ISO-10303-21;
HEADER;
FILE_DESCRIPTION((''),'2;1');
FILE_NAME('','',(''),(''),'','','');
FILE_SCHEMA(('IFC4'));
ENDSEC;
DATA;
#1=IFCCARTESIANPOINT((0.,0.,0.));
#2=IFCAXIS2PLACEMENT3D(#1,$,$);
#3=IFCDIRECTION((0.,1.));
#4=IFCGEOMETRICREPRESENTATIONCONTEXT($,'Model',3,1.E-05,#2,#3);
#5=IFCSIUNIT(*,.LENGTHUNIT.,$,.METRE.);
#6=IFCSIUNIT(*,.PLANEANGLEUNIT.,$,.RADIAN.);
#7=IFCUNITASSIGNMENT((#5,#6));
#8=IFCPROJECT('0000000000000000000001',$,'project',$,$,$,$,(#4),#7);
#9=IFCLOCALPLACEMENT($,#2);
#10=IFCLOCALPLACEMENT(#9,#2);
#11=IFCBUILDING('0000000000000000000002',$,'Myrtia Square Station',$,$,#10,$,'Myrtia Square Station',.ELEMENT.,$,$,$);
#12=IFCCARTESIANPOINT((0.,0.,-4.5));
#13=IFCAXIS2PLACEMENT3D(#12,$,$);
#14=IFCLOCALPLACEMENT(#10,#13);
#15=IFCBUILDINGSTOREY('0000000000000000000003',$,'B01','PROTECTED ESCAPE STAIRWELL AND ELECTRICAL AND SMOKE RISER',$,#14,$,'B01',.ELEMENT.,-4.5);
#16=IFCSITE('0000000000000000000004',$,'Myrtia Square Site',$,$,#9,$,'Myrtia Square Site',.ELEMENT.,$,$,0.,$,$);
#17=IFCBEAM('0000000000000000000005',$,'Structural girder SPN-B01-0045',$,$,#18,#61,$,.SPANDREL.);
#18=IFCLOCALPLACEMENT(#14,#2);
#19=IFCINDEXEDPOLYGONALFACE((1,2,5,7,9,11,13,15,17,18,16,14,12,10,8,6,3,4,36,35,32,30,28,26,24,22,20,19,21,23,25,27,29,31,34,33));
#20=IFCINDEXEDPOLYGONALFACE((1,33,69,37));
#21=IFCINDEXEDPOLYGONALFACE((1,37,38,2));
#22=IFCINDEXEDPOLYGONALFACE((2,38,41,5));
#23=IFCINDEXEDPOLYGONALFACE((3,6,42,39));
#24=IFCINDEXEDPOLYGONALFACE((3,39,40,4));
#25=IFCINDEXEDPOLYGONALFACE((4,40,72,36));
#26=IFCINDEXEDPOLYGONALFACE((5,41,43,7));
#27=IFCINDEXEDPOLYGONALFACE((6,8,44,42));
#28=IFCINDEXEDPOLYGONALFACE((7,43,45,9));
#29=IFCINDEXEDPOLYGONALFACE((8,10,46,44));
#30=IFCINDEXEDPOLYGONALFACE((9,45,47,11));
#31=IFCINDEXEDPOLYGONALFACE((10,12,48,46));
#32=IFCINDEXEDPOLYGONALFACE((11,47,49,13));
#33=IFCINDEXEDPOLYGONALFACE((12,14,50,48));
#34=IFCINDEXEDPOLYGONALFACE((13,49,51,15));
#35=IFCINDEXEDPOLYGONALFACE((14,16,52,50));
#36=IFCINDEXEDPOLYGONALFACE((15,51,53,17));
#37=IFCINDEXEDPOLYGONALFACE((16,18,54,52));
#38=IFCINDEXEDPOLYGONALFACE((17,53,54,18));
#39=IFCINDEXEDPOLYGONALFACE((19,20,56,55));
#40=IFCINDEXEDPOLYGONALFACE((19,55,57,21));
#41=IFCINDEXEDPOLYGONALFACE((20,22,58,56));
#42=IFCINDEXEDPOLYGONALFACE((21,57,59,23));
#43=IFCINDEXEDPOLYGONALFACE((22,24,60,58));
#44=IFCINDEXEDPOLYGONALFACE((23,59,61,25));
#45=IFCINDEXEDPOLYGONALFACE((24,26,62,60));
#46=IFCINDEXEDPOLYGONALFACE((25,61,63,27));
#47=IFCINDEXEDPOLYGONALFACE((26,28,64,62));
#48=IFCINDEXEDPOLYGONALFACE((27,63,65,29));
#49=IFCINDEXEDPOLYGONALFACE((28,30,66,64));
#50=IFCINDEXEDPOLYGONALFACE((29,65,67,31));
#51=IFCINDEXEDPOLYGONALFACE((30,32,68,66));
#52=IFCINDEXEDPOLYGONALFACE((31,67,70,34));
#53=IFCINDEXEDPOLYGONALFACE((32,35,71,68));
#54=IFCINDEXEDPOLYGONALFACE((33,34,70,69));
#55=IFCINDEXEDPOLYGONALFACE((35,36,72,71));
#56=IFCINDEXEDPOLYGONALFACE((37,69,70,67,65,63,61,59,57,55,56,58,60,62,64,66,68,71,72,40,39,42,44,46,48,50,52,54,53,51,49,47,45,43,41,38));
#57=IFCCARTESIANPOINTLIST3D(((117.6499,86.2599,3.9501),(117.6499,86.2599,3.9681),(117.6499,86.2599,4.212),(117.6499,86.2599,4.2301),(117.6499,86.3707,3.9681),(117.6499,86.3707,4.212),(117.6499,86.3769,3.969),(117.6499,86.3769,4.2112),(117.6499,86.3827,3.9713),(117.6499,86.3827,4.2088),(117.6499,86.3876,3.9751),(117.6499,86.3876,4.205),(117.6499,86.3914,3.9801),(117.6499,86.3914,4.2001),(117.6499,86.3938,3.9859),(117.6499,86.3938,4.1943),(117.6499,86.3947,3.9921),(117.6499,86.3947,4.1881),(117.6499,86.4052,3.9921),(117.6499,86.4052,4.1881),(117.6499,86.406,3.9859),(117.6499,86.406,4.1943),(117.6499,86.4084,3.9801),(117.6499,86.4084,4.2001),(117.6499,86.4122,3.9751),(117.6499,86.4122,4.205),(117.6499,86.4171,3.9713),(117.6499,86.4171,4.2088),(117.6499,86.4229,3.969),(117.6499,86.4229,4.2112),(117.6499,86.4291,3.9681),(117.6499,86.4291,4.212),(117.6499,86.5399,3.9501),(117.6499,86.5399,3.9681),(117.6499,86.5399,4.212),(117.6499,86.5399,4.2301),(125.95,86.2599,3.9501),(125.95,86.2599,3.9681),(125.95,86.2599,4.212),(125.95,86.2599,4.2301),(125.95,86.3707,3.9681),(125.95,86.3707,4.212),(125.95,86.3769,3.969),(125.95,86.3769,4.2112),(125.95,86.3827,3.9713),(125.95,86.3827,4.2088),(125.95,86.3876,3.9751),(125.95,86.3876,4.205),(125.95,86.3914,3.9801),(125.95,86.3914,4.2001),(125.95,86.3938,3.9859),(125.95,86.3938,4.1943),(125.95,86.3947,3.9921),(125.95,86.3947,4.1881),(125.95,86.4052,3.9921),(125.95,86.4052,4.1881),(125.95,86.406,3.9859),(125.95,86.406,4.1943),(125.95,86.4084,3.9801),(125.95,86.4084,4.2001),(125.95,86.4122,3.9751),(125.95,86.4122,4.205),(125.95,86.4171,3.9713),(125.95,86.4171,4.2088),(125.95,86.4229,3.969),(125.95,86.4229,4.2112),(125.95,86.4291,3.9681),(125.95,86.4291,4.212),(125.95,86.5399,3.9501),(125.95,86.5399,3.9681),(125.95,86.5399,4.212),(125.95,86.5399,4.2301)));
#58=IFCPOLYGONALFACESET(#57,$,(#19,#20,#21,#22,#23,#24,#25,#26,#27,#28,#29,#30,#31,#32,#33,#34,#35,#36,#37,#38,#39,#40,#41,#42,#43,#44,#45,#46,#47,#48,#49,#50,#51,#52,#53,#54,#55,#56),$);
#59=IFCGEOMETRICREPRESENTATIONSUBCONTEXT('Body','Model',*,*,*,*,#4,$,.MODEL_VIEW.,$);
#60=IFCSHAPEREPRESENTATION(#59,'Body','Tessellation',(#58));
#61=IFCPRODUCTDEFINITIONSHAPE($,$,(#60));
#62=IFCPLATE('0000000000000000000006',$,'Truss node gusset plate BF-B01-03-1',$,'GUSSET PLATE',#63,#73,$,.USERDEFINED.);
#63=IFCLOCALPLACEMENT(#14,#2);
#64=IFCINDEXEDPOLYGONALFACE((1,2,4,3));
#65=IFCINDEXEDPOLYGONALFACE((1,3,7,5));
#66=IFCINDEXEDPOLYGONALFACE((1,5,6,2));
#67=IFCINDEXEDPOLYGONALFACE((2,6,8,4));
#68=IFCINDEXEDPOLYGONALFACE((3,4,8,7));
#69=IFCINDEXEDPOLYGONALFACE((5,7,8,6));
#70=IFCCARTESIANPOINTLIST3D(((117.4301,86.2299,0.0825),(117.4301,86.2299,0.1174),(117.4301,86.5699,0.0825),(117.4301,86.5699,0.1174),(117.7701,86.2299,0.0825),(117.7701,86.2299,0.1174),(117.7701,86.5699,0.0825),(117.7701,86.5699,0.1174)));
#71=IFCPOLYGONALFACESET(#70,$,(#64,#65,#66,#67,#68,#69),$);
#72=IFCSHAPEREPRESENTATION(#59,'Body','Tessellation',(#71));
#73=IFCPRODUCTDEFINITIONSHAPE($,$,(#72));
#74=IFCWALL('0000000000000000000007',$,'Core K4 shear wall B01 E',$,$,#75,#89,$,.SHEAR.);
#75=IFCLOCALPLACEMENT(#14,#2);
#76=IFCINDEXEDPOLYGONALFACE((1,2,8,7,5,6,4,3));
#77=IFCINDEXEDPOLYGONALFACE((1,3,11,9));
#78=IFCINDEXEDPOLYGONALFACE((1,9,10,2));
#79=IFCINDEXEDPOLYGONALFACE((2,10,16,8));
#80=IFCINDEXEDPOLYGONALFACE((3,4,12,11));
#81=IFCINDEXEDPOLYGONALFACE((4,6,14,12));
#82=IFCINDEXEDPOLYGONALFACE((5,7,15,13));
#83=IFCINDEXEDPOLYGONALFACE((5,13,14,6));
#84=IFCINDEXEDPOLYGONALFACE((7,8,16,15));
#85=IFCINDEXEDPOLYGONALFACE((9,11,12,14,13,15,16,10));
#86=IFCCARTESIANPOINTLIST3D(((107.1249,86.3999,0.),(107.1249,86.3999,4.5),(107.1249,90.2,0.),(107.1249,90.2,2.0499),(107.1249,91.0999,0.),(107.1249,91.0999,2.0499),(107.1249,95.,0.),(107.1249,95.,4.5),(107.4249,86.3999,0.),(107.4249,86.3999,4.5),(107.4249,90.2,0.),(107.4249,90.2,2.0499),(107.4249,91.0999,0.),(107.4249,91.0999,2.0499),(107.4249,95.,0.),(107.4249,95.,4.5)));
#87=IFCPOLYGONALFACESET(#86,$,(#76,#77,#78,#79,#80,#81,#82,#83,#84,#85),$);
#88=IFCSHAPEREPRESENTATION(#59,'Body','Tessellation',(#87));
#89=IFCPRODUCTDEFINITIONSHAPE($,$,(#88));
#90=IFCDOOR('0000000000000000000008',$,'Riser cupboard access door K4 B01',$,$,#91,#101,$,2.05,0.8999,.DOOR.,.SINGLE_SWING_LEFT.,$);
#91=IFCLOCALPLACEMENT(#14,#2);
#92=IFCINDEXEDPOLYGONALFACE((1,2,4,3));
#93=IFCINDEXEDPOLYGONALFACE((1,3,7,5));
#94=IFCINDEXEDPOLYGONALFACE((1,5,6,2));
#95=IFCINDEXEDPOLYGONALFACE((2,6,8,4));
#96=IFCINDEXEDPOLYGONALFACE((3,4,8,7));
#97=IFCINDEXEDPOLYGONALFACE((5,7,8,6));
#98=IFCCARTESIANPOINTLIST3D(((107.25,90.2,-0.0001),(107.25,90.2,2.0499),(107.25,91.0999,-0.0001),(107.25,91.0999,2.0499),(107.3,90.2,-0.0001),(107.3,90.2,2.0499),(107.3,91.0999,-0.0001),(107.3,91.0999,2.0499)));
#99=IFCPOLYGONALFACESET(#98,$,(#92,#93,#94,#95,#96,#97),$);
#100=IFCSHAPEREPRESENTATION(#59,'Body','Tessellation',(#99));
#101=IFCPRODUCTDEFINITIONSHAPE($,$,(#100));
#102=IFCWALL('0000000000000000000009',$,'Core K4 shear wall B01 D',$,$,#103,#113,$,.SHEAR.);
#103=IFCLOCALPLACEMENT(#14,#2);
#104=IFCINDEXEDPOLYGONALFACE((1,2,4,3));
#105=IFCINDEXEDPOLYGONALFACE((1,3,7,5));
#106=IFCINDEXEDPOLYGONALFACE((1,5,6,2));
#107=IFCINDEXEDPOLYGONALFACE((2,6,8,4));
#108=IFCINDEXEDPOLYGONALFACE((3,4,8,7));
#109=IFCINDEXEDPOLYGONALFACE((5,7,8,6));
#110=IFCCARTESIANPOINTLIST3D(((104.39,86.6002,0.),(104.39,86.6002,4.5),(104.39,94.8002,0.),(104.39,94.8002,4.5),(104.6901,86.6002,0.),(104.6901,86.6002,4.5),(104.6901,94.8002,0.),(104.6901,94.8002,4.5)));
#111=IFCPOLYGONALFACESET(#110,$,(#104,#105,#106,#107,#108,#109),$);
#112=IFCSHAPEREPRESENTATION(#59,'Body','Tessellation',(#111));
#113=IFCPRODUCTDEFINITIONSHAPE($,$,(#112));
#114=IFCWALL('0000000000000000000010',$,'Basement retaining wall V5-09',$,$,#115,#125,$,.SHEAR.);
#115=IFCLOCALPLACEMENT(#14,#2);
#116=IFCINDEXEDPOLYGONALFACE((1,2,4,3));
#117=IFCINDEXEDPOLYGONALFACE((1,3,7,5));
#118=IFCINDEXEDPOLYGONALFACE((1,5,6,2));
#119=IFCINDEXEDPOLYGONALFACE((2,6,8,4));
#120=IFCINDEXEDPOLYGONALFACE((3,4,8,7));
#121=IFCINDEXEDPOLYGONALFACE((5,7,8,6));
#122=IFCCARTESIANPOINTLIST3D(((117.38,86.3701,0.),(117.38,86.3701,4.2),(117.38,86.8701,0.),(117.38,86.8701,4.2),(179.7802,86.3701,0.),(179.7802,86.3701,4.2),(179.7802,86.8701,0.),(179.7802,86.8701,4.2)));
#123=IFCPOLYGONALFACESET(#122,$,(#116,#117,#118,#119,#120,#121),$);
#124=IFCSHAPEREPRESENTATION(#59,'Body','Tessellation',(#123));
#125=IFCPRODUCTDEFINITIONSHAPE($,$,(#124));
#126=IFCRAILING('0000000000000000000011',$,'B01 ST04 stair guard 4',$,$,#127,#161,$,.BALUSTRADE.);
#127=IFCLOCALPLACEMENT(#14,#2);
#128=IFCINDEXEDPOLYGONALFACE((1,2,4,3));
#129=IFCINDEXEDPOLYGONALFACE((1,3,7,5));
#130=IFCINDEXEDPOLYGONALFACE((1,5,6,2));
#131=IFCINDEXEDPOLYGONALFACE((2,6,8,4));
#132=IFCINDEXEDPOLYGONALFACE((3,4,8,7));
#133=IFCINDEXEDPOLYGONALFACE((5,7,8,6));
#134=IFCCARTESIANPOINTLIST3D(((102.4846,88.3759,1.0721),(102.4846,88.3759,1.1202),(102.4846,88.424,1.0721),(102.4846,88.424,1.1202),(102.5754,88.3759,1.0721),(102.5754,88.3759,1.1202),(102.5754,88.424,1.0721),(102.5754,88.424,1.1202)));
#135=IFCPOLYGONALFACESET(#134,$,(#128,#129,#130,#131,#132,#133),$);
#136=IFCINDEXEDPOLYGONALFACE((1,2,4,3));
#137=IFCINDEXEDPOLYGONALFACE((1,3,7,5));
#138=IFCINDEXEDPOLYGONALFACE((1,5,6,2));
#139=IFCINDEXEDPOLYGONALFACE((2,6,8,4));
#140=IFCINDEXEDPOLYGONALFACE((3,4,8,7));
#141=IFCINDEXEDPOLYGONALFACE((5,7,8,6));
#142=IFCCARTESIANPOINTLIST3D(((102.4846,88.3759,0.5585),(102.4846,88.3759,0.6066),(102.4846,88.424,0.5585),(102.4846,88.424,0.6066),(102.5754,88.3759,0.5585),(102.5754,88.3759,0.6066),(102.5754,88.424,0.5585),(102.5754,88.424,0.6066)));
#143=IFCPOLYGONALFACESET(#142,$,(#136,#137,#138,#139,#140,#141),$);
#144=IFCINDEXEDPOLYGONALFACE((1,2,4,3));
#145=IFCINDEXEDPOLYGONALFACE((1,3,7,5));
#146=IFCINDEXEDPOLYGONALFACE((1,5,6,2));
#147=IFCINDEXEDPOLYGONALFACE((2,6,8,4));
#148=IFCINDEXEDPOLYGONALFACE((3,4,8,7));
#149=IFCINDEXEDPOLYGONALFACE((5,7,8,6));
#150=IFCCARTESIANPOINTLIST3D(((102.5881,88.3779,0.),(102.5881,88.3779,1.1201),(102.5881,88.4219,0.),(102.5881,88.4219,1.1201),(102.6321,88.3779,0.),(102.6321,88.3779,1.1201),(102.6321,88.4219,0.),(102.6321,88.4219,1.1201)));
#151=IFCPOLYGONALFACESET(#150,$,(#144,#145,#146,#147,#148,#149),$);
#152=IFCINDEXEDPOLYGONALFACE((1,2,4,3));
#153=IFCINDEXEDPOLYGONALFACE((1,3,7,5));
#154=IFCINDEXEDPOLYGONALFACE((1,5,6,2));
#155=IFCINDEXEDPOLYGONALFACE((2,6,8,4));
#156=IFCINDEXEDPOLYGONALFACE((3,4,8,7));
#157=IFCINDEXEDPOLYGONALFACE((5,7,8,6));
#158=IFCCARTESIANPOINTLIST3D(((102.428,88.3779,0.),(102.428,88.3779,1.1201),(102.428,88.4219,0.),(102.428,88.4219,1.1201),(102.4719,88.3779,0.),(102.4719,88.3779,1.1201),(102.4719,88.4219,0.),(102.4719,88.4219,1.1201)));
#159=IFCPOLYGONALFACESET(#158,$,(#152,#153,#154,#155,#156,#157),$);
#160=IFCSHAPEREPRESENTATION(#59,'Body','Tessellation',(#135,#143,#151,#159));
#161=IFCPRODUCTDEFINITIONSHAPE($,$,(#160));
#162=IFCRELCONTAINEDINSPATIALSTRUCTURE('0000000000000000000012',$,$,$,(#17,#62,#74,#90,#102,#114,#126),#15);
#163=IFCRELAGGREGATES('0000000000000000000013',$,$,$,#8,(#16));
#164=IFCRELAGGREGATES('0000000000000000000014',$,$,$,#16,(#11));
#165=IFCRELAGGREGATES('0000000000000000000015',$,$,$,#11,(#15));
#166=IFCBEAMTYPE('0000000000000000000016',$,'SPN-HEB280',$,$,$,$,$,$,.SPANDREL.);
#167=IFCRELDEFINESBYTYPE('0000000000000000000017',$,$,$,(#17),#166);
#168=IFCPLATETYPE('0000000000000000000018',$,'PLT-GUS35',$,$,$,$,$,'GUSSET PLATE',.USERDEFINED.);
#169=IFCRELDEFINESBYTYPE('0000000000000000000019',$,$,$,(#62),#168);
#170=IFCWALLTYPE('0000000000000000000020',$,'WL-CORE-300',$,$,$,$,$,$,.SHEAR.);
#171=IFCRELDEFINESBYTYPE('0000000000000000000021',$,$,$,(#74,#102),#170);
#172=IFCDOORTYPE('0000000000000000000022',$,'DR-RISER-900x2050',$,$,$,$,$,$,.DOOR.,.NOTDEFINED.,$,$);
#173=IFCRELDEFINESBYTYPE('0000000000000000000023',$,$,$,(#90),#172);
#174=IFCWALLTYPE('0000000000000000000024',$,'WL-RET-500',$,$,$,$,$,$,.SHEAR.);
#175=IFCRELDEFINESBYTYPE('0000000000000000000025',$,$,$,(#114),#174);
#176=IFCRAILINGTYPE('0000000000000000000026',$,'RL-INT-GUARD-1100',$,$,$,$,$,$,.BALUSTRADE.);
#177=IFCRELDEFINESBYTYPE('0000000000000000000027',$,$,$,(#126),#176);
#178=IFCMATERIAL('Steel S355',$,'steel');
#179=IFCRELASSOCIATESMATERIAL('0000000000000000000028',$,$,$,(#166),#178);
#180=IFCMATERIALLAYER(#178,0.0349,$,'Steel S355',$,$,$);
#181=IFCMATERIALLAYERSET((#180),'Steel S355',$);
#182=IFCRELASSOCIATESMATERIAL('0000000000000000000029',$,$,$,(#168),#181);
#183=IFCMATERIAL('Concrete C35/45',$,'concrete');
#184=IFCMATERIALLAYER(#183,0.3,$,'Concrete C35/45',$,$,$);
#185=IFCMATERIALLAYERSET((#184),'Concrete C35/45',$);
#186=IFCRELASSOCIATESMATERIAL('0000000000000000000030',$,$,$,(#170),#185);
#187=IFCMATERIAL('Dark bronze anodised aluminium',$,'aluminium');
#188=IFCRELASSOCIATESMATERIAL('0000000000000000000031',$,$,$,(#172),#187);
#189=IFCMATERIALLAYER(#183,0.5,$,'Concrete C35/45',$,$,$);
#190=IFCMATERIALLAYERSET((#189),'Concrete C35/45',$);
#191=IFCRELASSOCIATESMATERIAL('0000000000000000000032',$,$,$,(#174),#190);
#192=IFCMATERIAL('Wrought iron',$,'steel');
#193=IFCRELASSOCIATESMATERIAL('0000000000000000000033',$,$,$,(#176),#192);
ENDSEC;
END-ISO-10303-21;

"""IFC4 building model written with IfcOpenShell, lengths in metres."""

from ifc_helpers import new_model, si_unit, direction, frame, frame_2d, origin, origin_2d, place, context, subcontext, project, spatial, rectangle, i_section, extrude, material, layer, layer_set, material_profile, profile_set, type_object, element, fill, save


model = new_model("IFC4")

# Units and contexts
model_context = context("Model", 3, precision=1e-05, world=origin(), true_north=direction((0.0, 1.0)))
body_context = subcontext(model_context, "Body", "Model", "MODEL_VIEW")
ifc_project = project(units=[si_unit("LENGTHUNIT", "METRE"), si_unit("PLANEANGLEUNIT", "RADIAN")], contexts=[model_context])

# Site, building, storey
site_placement = place(None, origin())
site = spatial("IfcSite", under=ifc_project, at=site_placement, Name="Myrtia Square Site", LongName="Myrtia Square Site", CompositionType="ELEMENT", RefElevation=0.0)
building_placement = place(site_placement, origin())
building = spatial("IfcBuilding", under=site, at=building_placement, Name="Myrtia Square Station", LongName="Myrtia Square Station", CompositionType="ELEMENT")
storey_placement = place(building_placement, frame((0.0, 0.0, -4.5)))
storey = spatial("IfcBuildingStorey", under=building, at=storey_placement, Name="B01", Description="PROTECTED ESCAPE STAIRWELL AND ELECTRICAL AND SMOKE RISER", LongName="B01", CompositionType="ELEMENT", Elevation=-4.5)

# Shared definitions
ifc_material_1 = material(Name="Concrete C35/45", Category="concrete")

# Shared definitions
ifc_material_2 = material(Name="Steel S355", Category="steel")

# Beam
ifc_material_profile_1 = material_profile(ifc_material_2, i_section(OverallWidth=0.28, OverallDepth=0.28, WebThickness=0.0105, FlangeThickness=0.0181, FilletRadius=0.0239, at=origin_2d()), Name="HEB 280")
ifc_profile_set_1 = profile_set([ifc_material_profile_1], Name="Steel S355")
beam_type_1 = type_object("IfcBeamType", Name="SPN-HEB280", PredefinedType="SPANDREL", material=ifc_profile_set_1)
beam_1_placement = place(storey_placement, frame((117.6499, 86.3999, 4.0901), z_axis=(1.0, 0.0, 0.0), x_axis=(0.0, 1.0, 0.0)))
element("IfcBeam", 1, at=beam_1_placement, inside=storey, type_object=beam_type_1, Name="Structural girder SPN-B01-0045", PredefinedType="SPANDREL", context=body_context, shape_type="SweptSolid", body=[
    extrude(i_section(OverallWidth=0.28, OverallDepth=0.28, WebThickness=0.0105, FlangeThickness=0.0181, FilletRadius=0.0239, at=origin_2d()), origin(), (0.0, 0.0, 1.0), 8.3),
])

# Plate
ifc_layer_1 = layer(ifc_material_2, 0.0349, Name="Steel S355")
ifc_layer_set_1 = layer_set([ifc_layer_1], Name="Steel S355")
plate_type = type_object("IfcPlateType", Name="PLT-GUS35", ElementType="GUSSET PLATE", PredefinedType="USERDEFINED", material=ifc_layer_set_1)
plate_placement = place(storey_placement, frame((117.6001, 86.3999, 0.0825), z_axis=(0.0, 0.0, 1.0), x_axis=(0.0, 1.0, 0.0)))
element("IfcPlate", 2, at=plate_placement, inside=storey, type_object=plate_type, Name="Truss node gusset plate BF-B01-03-1", ObjectType="GUSSET PLATE", PredefinedType="USERDEFINED", context=body_context, shape_type="SweptSolid", body=[
    extrude(rectangle(XDim=0.3401, YDim=0.3401, at=origin_2d()), origin(), (0.0, 0.0, 1.0), 0.0349),
])

# Wall, opening, door
ifc_layer_2 = layer(ifc_material_1, 0.3, Name="Concrete C35/45")
ifc_layer_set_2 = layer_set([ifc_layer_2], Name="Concrete C35/45")
wall_type_1 = type_object("IfcWallType", Name="WL-CORE-300", PredefinedType="SHEAR", material=ifc_layer_set_2)
wall_1_placement = place(storey_placement, frame((107.2749, 86.3999, 0.0), z_axis=(0.0, 0.0, 1.0), x_axis=(0.0, 1.0, 0.0)))
wall_1 = element("IfcWall", 3, at=wall_1_placement, inside=storey, type_object=wall_type_1, Name="Core K4 shear wall B01 E", PredefinedType="SHEAR", context=body_context, shape_type="SweptSolid", body=[
    extrude(rectangle(XDim=8.6001, YDim=0.3, at=frame_2d((4.3, 0.0))), origin(), (0.0, 0.0, 1.0), 4.5),
])
opening_placement = place(wall_1_placement, frame((3.8, 0.0, 0.0)))
opening = element("IfcOpeningElement", 4, at=opening_placement, cuts=wall_1, PredefinedType="OPENING", context=body_context, shape_type="SweptSolid", body=[
    extrude(rectangle(XDim=0.8999, YDim=2.05, at=frame_2d((0.45, 1.0249))), frame((0.0, 0.165, 0.0), z_axis=(0.0, -1.0, 0.0), x_axis=(1.0, 0.0, 0.0)), (0.0, 0.0, 1.0), 0.3301),
])
ifc_material_3 = material(Name="Dark bronze anodised aluminium", Category="aluminium")
door_type = type_object("IfcDoorType", Name="DR-RISER-900x2050", OperationType="NOTDEFINED", PredefinedType="DOOR", material=ifc_material_3)
door_placement = place(opening_placement, origin())
door = element("IfcDoor", 5, at=door_placement, inside=storey, type_object=door_type, Name="Riser cupboard access door K4 B01", OperationType="SINGLE_SWING_LEFT", OverallHeight=2.05, OverallWidth=0.8999, PredefinedType="DOOR", context=body_context, shape_type="SweptSolid", body=[
    extrude(rectangle(XDim=0.8999, YDim=2.05, at=frame_2d((0.45, 1.0249))), frame((0.0, 0.0249, 0.0), z_axis=(0.0, -1.0, 0.0), x_axis=(1.0, 0.0, 0.0)), (0.0, 0.0, 1.0), 0.05),
])
fill(opening, door)

# Walls
wall_2_placement = place(storey_placement, frame((104.54, 86.6001, 0.0), z_axis=(0.0, 0.0, 1.0), x_axis=(0.0, 1.0, 0.0)))
element("IfcWall", 6, at=wall_2_placement, inside=storey, type_object=wall_type_1, Name="Core K4 shear wall B01 D", PredefinedType="SHEAR", context=body_context, shape_type="SweptSolid", body=[
    extrude(rectangle(XDim=8.2, YDim=0.3, at=frame_2d((4.1001, 0.0))), origin(), (0.0, 0.0, 1.0), 4.5),
])
ifc_layer_3 = layer(ifc_material_1, 0.5, Name="Concrete C35/45")
ifc_layer_set_3 = layer_set([ifc_layer_3], Name="Concrete C35/45")
wall_type_2 = type_object("IfcWallType", Name="WL-RET-500", PredefinedType="SHEAR", material=ifc_layer_set_3)
wall_3_placement = place(storey_placement, frame((117.3799, 86.6201, 0.0), z_axis=(0.0, 0.0, 1.0), x_axis=(1.0, 0.0, 0.0)))
element("IfcWall", 7, at=wall_3_placement, inside=storey, type_object=wall_type_2, Name="Basement retaining wall V5-09", PredefinedType="SHEAR", context=body_context, shape_type="SweptSolid", body=[
    extrude(rectangle(XDim=62.4001, YDim=0.5, at=frame_2d((31.2002, 0.0))), origin(), (0.0, 0.0, 1.0), 4.2),
])

# Railing
ifc_material_4 = material(Name="Wrought iron", Category="steel")
railing_type = type_object("IfcRailingType", Name="RL-INT-GUARD-1100", PredefinedType="BALUSTRADE", material=ifc_material_4)
railing_placement = place(storey_placement, frame((102.6101, 88.3999, 0.0)))
element("IfcRailing", 8, at=railing_placement, inside=storey, type_object=railing_type, Name="B01 ST04 stair guard 4", PredefinedType="BALUSTRADE", context=body_context, shape_type="SweptSolid", body=[
    extrude(rectangle(XDim=0.0481, YDim=0.0481, at=origin_2d()), frame((-0.0347, 0.0, 1.0962), z_axis=(-1.0, 0.0, 0.0), x_axis=(0.0, -1.0, 0.0)), (0.0, 0.0, 1.0), 0.0908),
    extrude(rectangle(XDim=0.0481, YDim=0.0481, at=origin_2d()), frame((-0.0347, 0.0, 0.5825), z_axis=(-1.0, 0.0, 0.0), x_axis=(0.0, -1.0, 0.0)), (0.0, 0.0, 1.0), 0.0908),
    extrude(rectangle(XDim=0.0439, YDim=0.0439, at=origin_2d()), origin(), (0.0, 0.0, 1.0), 1.1201),
    extrude(rectangle(XDim=0.0439, YDim=0.0439, at=origin_2d()), frame((-0.1602, 0.0, 0.0)), (0.0, 0.0, 1.0), 1.1201),
])

save(model, "model.ifc")
